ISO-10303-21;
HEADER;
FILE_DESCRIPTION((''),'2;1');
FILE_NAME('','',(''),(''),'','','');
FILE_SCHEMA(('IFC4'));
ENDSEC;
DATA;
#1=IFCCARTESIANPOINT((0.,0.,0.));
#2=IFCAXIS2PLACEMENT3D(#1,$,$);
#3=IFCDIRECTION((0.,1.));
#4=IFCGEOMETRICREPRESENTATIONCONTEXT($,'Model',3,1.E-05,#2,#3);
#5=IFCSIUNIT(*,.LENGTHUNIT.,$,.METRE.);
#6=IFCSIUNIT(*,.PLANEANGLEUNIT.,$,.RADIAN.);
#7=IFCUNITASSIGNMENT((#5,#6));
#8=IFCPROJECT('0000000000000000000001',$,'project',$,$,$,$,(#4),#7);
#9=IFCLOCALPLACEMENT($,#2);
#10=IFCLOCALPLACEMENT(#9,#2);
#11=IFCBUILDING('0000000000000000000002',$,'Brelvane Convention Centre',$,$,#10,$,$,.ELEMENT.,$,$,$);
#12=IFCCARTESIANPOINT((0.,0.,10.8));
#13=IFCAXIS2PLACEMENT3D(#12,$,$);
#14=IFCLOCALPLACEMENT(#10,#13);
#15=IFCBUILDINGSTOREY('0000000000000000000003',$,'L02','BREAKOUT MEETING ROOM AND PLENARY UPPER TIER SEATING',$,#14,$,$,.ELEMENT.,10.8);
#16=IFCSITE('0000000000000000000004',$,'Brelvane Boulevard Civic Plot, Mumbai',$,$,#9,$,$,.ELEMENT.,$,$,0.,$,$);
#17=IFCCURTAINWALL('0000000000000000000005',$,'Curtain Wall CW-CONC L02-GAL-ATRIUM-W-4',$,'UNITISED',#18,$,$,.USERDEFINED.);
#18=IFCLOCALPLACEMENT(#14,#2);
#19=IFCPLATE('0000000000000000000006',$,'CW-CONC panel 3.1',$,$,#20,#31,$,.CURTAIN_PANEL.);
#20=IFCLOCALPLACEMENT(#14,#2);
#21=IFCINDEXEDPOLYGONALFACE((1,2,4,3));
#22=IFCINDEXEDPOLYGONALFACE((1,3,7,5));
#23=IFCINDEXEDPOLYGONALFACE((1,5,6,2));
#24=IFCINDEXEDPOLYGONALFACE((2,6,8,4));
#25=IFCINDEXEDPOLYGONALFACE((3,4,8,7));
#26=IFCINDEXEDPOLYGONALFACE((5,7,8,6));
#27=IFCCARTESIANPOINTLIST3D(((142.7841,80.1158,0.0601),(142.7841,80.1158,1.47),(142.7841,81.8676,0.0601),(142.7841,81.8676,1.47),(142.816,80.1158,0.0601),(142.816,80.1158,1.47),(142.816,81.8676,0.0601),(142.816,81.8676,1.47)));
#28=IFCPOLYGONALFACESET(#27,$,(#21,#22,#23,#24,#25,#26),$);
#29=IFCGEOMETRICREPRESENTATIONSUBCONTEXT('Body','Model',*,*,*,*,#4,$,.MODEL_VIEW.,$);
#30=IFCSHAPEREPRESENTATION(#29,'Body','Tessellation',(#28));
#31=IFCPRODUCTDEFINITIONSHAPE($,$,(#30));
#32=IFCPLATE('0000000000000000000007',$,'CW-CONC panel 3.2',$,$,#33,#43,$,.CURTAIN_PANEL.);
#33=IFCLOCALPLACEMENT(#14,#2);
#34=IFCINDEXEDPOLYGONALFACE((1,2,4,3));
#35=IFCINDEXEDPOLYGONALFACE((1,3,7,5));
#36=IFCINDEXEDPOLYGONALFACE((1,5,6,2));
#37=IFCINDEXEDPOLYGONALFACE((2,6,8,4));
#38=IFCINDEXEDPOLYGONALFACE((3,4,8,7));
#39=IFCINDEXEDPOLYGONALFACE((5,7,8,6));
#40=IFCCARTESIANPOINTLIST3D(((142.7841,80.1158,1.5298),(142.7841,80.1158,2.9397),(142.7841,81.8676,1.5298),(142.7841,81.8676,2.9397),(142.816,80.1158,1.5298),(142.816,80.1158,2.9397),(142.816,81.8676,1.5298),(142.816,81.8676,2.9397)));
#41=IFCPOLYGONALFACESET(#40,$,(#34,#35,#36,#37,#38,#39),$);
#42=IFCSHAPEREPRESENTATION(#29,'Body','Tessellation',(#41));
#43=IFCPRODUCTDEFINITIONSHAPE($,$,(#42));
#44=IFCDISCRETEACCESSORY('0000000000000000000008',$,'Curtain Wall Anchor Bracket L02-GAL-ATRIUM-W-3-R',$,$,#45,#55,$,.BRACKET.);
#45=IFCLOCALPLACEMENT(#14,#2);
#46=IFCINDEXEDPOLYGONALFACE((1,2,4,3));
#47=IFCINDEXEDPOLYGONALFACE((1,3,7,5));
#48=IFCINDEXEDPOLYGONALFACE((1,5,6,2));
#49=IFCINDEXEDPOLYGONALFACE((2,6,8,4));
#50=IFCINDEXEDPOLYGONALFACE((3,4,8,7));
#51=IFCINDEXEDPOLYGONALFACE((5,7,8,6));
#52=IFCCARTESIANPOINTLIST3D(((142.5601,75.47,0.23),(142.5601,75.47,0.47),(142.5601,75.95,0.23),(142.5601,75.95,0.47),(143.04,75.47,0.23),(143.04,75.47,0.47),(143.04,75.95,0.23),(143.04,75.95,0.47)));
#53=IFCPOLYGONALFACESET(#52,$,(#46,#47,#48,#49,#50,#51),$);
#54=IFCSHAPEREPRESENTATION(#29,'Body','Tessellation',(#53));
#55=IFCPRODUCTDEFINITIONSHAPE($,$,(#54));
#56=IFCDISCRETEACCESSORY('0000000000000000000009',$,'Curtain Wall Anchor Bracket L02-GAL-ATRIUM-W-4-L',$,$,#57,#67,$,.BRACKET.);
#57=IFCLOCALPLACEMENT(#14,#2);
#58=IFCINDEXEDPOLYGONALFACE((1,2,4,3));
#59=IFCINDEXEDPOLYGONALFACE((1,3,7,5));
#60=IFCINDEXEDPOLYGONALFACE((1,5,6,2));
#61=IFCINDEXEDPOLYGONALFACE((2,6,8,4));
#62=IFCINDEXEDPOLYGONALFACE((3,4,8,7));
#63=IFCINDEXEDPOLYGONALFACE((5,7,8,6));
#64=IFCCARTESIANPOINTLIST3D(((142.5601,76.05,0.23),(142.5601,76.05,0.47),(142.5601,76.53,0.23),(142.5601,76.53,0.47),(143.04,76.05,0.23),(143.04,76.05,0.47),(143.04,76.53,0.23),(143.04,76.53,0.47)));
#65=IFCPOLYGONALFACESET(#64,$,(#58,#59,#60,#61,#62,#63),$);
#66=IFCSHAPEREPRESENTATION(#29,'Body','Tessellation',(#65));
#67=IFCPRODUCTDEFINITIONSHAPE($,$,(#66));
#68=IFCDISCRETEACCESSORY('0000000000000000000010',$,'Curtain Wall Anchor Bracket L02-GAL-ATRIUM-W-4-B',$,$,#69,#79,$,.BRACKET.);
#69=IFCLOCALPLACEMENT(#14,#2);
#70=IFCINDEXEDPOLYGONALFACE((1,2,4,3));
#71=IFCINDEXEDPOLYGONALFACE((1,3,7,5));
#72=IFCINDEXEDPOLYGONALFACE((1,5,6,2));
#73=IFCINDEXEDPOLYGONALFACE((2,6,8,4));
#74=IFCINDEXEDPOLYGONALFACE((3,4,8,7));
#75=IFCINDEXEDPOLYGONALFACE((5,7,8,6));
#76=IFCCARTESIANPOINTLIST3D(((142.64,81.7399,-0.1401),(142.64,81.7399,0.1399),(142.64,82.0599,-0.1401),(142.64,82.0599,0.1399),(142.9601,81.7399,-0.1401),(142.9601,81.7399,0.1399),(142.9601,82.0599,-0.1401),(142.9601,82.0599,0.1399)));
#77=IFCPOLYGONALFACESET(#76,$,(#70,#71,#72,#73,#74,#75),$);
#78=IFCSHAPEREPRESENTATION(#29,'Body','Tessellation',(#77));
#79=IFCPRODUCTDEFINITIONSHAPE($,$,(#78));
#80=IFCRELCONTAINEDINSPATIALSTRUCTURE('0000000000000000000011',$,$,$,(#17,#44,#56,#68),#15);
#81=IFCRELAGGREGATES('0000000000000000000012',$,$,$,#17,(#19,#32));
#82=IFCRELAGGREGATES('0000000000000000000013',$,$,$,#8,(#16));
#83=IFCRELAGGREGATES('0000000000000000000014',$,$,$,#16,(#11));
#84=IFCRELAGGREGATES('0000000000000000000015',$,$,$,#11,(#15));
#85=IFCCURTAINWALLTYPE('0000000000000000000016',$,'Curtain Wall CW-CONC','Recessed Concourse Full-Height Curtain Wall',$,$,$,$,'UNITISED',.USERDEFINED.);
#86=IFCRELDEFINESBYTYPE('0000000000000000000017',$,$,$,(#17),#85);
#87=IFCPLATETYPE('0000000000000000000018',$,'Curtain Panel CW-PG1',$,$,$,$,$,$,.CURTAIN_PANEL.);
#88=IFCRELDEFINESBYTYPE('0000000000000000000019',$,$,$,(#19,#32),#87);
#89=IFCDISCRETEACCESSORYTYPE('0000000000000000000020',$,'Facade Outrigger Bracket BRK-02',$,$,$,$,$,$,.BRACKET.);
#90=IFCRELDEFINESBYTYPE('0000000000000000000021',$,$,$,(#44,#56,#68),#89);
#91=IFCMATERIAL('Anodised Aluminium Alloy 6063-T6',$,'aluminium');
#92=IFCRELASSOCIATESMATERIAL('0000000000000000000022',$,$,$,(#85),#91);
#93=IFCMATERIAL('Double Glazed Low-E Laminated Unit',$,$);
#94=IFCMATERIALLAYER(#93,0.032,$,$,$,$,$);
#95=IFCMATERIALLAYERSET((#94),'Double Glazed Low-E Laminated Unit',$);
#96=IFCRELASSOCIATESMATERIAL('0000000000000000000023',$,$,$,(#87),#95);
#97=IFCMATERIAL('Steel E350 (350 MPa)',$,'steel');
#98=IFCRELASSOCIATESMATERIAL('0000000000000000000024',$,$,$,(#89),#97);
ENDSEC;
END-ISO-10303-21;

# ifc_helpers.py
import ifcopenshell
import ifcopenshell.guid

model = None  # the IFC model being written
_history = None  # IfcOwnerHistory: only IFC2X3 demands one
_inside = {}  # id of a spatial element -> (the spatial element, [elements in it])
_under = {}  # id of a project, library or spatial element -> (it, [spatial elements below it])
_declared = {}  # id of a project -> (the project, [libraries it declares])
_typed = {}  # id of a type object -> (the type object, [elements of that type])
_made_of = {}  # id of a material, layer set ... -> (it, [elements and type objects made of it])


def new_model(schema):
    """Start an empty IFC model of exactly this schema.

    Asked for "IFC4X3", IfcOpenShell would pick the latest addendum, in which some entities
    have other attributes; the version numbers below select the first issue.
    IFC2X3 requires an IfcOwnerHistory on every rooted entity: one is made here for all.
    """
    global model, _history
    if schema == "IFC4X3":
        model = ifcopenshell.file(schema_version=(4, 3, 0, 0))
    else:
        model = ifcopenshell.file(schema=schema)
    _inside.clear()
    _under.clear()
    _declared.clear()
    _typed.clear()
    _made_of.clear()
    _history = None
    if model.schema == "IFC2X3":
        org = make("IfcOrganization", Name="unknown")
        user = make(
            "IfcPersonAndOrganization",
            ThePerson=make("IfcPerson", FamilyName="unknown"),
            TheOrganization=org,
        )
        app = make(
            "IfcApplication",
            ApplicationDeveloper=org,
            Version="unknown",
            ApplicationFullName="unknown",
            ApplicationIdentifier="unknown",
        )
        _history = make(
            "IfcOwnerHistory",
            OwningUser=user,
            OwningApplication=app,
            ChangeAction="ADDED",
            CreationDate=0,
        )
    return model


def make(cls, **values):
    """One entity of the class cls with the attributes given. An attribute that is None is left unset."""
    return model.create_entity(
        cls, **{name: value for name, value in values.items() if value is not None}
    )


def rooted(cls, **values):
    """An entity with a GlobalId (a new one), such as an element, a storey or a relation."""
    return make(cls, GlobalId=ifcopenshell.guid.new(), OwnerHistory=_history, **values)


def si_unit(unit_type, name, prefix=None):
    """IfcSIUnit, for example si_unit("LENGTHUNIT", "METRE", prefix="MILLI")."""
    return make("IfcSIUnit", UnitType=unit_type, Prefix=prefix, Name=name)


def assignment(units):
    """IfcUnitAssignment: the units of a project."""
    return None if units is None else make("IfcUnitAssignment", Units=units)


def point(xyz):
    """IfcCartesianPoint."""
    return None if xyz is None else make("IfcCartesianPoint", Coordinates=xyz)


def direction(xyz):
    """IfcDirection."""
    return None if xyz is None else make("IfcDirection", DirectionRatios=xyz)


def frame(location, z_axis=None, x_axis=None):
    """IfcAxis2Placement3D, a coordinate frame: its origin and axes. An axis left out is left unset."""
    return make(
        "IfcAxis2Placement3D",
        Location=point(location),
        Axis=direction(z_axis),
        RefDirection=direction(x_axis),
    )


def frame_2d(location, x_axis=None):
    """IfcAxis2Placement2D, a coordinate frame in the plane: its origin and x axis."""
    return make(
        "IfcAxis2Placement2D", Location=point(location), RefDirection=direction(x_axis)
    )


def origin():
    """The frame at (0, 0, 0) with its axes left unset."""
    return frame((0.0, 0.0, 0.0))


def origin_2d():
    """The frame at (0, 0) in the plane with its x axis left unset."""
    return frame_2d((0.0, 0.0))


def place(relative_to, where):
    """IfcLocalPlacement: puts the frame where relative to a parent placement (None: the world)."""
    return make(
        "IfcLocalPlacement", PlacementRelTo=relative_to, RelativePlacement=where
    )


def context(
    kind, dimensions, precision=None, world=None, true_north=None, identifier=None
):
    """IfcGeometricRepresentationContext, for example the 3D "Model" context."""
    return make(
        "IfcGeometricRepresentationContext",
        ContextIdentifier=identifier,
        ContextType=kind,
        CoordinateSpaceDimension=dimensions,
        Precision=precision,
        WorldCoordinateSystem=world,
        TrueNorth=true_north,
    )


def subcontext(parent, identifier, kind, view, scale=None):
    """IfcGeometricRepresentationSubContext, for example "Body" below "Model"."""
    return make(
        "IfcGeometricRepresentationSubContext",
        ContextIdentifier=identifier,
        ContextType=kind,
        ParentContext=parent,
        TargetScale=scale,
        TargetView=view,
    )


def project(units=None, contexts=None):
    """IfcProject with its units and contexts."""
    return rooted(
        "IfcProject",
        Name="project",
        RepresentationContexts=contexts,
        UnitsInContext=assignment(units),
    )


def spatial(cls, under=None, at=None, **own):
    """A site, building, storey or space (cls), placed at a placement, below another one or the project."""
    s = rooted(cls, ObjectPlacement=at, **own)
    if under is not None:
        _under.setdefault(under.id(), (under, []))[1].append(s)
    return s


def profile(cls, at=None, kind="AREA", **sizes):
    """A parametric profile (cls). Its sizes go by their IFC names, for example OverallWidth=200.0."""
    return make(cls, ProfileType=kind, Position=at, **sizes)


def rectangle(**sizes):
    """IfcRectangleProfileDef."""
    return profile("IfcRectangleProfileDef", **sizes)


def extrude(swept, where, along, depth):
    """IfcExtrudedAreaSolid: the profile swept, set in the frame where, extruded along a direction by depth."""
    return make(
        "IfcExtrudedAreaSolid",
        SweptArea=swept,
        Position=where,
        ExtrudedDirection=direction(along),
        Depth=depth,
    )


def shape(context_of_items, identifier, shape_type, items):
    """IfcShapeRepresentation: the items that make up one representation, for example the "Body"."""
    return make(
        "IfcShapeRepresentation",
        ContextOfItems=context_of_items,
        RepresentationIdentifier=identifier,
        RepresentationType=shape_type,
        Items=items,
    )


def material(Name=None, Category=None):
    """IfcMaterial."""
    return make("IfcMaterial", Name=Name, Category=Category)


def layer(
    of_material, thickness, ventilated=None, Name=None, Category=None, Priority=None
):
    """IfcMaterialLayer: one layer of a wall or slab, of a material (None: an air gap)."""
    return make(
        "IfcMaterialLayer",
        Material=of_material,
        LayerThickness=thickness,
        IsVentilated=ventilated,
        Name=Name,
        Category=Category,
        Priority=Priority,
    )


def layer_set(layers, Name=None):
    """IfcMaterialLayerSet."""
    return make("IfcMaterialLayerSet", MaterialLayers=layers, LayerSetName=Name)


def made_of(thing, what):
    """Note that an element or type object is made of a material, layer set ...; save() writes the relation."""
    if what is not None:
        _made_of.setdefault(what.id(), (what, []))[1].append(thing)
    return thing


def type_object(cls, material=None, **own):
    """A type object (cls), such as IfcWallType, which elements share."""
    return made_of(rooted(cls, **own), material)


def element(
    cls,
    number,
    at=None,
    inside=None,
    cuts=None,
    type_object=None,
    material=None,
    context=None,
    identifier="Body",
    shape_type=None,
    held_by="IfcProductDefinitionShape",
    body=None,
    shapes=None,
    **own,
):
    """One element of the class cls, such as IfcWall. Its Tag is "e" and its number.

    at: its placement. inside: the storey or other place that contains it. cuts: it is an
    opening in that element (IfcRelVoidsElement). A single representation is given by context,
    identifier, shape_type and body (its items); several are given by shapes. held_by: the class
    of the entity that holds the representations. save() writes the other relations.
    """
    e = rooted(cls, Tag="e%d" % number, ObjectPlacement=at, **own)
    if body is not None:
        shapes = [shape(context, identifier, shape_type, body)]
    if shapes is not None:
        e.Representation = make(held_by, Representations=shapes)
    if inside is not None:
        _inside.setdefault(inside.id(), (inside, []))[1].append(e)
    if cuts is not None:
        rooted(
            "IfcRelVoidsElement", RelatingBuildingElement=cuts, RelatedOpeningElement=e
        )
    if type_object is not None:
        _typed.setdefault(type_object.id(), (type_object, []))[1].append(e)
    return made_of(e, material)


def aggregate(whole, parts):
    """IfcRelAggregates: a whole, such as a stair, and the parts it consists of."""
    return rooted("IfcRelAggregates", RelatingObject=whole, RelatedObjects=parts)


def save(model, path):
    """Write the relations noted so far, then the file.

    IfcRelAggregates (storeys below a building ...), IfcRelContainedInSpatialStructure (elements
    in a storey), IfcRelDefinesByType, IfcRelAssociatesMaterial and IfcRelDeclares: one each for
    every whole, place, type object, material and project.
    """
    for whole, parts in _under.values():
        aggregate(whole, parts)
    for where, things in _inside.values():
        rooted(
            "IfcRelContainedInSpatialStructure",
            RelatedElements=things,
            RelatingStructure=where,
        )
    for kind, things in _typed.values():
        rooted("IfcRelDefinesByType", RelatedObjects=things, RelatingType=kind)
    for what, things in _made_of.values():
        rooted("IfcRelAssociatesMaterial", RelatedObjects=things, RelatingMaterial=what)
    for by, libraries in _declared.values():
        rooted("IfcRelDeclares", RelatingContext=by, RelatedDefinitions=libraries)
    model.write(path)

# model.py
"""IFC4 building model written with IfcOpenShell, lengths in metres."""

from ifc_helpers import new_model, si_unit, direction, frame, origin, origin_2d, place, context, subcontext, project, spatial, rectangle, extrude, material, layer, layer_set, type_object, element, aggregate, save


model = new_model("IFC4")

# Units and contexts
model_context = context("Model", 3, precision=1e-05, world=origin(), true_north=direction((0.0, 1.0)))
body_context = subcontext(model_context, "Body", "Model", "MODEL_VIEW")
ifc_project = project(units=[si_unit("LENGTHUNIT", "METRE"), si_unit("PLANEANGLEUNIT", "RADIAN")], contexts=[model_context])

# Site, building, storey
site_placement = place(None, origin())
site = spatial("IfcSite", under=ifc_project, at=site_placement, Name="Brelvane Boulevard Civic Plot, Mumbai", CompositionType="ELEMENT", RefElevation=0.0)
building_placement = place(site_placement, origin())
building = spatial("IfcBuilding", under=site, at=building_placement, Name="Brelvane Convention Centre", CompositionType="ELEMENT")
storey_placement = place(building_placement, frame((0.0, 0.0, 10.8)))
storey = spatial("IfcBuildingStorey", under=building, at=storey_placement, Name="L02", Description="BREAKOUT MEETING ROOM AND PLENARY UPPER TIER SEATING", CompositionType="ELEMENT", Elevation=10.8)

# Curtain wall
ifc_material_1 = material(Name="Anodised Aluminium Alloy 6063-T6", Category="aluminium")
curtain_wall_type = type_object("IfcCurtainWallType", Name="Curtain Wall CW-CONC", Description="Recessed Concourse Full-Height Curtain Wall", ElementType="UNITISED", PredefinedType="USERDEFINED", material=ifc_material_1)
curtain_wall_1_placement = place(storey_placement, origin())
curtain_wall_1 = element("IfcCurtainWall", 1, at=curtain_wall_1_placement, inside=storey, type_object=curtain_wall_type, Name="Curtain Wall CW-CONC L02-GAL-ATRIUM-W-4", ObjectType="UNITISED", PredefinedType="USERDEFINED")

# Plates
ifc_material_2 = material(Name="Double Glazed Low-E Laminated Unit")
ifc_layer = layer(ifc_material_2, 0.032)
ifc_layer_set = layer_set([ifc_layer], Name="Double Glazed Low-E Laminated Unit")
plate_type = type_object("IfcPlateType", Name="Curtain Panel CW-PG1", PredefinedType="CURTAIN_PANEL", material=ifc_layer_set)
plate_1_placement = place(storey_placement, frame((142.8, 80.9917, 0.0601), z_axis=(0.0, 0.0, 1.0), x_axis=(0.0, 1.0, 0.0)))
plate_1 = element("IfcPlate", 2, at=plate_1_placement, type_object=plate_type, Name="CW-CONC panel 3.1", PredefinedType="CURTAIN_PANEL", context=body_context, shape_type="SweptSolid", body=[
    extrude(rectangle(XDim=1.7517, YDim=0.032, at=origin_2d()), origin(), (0.0, 0.0, 1.0), 1.4099),
])
plate_2_placement = place(storey_placement, frame((142.8, 80.9917, 1.5298), z_axis=(0.0, 0.0, 1.0), x_axis=(0.0, 1.0, 0.0)))
plate_2 = element("IfcPlate", 3, at=plate_2_placement, type_object=plate_type, Name="CW-CONC panel 3.2", PredefinedType="CURTAIN_PANEL", context=body_context, shape_type="SweptSolid", body=[
    extrude(rectangle(XDim=1.7517, YDim=0.032, at=origin_2d()), origin(), (0.0, 0.0, 1.0), 1.4099),
])
aggregate(curtain_wall_1, [plate_1, plate_2])

# Discrete accessories
ifc_material_3 = material(Name="Steel E350 (350 MPa)", Category="steel")
discrete_accessory_type = type_object("IfcDiscreteAccessoryType", Name="Facade Outrigger Bracket BRK-02", PredefinedType="BRACKET", material=ifc_material_3)
for number, where, z_axis, x_axis, name in (
    (4, (142.8, 75.71, 0.23), (0.0, 0.0, 1.0), (1.0, 0.0, 0.0), "Curtain Wall Anchor Bracket L02-GAL-ATRIUM-W-3-R"),
    (5, (142.8, 76.29, 0.23), (0.0, 0.0, 1.0), (1.0, 0.0, 0.0), "Curtain Wall Anchor Bracket L02-GAL-ATRIUM-W-4-L"),
):
    element("IfcDiscreteAccessory", number, at=place(storey_placement, frame(where, z_axis=z_axis, x_axis=x_axis)), inside=storey, type_object=discrete_accessory_type, Name=name, PredefinedType="BRACKET", context=body_context, shape_type="SweptSolid", body=[
        extrude(rectangle(XDim=0.48, YDim=0.48, at=origin_2d()), origin(), (0.0, 0.0, 1.0), 0.24),
    ])
discrete_accessory_placement = place(storey_placement, frame((142.8, 81.8999, -0.1401), z_axis=(0.0, 0.0, 1.0), x_axis=(1.0, 0.0, 0.0)))
element("IfcDiscreteAccessory", 6, at=discrete_accessory_placement, inside=storey, type_object=discrete_accessory_type, Name="Curtain Wall Anchor Bracket L02-GAL-ATRIUM-W-4-B", PredefinedType="BRACKET", context=body_context, shape_type="SweptSolid", body=[
    extrude(rectangle(XDim=0.3201, YDim=0.3201, at=origin_2d()), origin(), (0.0, 0.0, 1.0), 0.28),
])

save(model, "model.ifc")
